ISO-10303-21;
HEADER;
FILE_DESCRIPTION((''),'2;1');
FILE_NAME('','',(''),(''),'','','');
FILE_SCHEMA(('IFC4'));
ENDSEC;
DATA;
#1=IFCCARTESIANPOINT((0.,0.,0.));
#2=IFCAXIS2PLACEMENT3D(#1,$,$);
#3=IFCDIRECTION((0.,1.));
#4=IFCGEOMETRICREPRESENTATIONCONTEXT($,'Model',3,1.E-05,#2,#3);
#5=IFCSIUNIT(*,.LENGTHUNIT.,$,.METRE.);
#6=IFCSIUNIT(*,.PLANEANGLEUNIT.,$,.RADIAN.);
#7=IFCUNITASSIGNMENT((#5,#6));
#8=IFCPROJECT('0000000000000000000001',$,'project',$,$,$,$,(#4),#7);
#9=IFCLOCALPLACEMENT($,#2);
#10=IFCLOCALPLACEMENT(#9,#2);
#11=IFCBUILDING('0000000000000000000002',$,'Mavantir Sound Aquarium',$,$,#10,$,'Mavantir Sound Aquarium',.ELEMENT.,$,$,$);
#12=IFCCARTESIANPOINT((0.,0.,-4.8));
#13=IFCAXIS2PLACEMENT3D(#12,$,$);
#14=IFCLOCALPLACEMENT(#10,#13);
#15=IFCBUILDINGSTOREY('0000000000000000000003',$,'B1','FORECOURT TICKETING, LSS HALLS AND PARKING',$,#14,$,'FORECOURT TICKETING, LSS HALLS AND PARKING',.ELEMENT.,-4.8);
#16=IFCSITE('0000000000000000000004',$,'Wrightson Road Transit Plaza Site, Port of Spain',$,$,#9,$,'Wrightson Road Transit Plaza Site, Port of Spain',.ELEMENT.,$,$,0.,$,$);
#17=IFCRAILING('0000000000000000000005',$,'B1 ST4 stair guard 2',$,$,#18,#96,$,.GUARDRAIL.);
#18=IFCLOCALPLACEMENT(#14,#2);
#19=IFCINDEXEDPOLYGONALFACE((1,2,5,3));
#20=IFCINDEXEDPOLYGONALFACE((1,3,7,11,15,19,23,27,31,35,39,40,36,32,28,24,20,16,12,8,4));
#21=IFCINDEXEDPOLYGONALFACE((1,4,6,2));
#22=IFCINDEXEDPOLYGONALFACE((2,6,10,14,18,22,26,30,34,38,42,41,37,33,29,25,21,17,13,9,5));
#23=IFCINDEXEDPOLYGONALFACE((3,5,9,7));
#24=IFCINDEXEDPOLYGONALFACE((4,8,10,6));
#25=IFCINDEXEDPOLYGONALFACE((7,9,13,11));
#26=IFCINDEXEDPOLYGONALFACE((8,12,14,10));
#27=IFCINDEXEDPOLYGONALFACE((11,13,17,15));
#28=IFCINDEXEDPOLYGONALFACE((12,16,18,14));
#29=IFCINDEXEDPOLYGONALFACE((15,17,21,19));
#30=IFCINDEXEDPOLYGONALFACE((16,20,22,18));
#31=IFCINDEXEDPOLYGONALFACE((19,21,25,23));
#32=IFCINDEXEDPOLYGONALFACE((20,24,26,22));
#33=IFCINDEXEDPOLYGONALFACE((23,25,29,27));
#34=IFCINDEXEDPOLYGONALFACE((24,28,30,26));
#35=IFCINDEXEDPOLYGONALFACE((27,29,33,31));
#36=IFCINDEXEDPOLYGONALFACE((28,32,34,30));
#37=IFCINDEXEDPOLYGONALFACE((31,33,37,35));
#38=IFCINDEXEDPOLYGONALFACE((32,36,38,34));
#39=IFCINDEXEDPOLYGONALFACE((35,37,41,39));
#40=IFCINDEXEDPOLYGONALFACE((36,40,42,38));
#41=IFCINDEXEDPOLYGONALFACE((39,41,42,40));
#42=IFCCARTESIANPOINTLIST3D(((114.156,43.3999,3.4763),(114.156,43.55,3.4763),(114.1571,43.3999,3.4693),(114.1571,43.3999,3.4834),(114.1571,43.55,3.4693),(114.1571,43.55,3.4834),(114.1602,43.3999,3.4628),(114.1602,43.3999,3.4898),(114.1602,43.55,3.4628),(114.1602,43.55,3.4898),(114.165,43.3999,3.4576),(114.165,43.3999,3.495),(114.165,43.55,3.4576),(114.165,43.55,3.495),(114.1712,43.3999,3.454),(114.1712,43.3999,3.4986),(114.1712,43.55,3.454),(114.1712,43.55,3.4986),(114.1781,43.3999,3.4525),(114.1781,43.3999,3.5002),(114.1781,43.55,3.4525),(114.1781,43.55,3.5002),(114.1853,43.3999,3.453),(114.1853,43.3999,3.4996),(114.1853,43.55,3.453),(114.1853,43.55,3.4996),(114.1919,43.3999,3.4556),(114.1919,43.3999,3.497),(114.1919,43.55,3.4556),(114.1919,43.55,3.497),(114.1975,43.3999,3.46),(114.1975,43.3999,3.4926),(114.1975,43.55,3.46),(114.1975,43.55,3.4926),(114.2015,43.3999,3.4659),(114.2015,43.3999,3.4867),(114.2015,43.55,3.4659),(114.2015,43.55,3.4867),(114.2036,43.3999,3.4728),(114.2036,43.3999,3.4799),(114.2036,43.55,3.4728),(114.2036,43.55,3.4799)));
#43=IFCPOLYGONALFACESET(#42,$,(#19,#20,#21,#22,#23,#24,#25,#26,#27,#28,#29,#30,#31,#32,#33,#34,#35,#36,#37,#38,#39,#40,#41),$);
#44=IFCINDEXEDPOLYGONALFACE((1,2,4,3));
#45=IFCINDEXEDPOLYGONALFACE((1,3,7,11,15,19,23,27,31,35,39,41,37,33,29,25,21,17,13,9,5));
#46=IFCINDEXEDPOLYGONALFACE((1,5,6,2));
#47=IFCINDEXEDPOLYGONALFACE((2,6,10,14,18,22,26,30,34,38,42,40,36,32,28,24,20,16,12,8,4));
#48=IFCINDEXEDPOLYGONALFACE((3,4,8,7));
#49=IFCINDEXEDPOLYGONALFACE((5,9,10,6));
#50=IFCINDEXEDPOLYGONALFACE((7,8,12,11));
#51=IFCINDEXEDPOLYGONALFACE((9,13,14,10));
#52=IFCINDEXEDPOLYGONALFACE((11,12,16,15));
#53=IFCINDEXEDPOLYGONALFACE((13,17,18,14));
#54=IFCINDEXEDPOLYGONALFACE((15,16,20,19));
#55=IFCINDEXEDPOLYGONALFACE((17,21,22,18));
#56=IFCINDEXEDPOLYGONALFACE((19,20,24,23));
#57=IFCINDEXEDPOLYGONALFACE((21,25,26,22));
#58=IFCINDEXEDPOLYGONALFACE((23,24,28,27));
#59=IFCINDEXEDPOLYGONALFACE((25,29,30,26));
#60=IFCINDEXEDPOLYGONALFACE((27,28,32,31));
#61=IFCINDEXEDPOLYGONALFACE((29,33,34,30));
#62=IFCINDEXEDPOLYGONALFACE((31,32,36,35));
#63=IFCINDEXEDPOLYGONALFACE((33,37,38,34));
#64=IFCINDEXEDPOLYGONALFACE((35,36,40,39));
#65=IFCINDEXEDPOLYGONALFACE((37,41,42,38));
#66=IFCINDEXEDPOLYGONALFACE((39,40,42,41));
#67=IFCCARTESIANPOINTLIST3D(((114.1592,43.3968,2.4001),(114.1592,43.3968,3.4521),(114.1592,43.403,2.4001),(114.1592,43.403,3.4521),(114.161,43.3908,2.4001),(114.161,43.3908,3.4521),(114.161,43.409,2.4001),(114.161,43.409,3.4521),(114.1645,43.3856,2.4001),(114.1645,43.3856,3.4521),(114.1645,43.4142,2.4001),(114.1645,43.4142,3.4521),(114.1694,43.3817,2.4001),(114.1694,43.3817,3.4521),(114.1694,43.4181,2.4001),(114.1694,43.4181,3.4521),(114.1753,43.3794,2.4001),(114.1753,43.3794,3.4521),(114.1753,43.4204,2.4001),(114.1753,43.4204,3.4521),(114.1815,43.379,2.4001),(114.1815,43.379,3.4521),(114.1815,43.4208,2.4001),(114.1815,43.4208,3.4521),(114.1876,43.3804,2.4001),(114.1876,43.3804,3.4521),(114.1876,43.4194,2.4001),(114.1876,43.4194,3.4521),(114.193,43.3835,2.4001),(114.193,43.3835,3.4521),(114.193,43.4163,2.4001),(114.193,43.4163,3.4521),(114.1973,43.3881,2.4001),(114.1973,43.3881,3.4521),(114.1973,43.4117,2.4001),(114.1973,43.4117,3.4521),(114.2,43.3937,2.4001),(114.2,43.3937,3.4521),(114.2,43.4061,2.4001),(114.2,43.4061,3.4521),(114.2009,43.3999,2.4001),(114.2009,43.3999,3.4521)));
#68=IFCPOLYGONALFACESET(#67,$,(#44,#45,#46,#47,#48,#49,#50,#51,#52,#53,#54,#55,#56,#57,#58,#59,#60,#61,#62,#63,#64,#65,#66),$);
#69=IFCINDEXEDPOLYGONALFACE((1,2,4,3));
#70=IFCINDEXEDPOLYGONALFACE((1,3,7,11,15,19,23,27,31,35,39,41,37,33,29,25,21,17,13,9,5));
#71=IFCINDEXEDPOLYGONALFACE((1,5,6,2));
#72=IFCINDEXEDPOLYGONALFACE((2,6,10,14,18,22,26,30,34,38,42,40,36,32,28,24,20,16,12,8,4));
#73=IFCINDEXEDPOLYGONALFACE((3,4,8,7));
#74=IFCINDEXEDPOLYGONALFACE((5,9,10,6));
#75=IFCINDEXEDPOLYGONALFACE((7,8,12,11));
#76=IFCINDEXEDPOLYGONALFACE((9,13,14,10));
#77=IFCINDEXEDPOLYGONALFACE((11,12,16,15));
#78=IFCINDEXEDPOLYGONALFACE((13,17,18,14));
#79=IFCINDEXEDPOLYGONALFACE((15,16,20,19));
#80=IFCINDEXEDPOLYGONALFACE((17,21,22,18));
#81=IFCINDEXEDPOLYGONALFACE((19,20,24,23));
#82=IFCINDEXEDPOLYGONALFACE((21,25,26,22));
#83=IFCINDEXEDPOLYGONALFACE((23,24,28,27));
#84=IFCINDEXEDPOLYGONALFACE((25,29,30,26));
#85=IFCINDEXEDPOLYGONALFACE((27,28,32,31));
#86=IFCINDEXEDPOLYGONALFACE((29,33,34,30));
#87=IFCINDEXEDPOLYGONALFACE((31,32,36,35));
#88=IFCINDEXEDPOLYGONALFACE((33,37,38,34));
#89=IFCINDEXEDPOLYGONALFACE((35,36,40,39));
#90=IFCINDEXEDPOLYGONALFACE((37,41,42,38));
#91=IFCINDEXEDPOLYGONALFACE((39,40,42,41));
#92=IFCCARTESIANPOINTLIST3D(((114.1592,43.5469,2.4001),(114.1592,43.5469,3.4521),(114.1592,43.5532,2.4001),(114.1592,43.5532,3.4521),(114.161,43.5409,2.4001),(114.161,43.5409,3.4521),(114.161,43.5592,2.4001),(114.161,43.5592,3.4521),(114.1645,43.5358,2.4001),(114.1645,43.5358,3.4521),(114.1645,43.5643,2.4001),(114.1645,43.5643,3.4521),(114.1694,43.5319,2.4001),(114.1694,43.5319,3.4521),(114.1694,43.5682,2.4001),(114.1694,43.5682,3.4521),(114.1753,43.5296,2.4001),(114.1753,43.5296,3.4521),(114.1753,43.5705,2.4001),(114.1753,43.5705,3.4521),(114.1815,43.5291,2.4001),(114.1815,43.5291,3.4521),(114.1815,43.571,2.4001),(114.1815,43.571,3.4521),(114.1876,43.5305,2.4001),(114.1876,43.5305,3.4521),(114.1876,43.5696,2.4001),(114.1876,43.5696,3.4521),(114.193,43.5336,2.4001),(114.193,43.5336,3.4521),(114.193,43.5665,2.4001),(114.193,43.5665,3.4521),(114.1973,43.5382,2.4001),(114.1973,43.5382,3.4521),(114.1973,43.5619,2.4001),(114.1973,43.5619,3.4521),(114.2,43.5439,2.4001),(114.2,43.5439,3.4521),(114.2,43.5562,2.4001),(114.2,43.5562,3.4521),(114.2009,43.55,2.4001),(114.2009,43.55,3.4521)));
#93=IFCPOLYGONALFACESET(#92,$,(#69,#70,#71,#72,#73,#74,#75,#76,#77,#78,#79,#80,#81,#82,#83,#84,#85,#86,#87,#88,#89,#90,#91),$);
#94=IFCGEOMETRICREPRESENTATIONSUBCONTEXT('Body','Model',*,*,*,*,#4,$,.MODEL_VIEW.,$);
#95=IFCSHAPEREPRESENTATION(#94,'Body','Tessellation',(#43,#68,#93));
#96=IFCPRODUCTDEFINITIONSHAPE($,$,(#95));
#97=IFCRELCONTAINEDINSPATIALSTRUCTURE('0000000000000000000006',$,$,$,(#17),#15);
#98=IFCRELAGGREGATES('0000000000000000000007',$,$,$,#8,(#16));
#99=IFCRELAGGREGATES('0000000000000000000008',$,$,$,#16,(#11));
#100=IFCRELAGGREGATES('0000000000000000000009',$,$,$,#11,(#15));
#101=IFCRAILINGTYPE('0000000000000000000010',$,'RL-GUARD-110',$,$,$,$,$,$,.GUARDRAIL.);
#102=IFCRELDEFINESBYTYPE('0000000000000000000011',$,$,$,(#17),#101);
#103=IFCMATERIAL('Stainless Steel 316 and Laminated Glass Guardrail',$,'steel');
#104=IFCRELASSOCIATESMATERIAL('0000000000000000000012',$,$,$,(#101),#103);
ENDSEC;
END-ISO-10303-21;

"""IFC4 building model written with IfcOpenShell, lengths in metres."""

from ifc_helpers import new_model, si_unit, direction, frame, origin, origin_2d, place, context, subcontext, project, spatial, circle, extrude, material, type_object, element, save


model = new_model("IFC4")

# Units and contexts
model_context = context("Model", 3, precision=1e-05, world=origin(), true_north=direction((0.0, 1.0)))
body_context = subcontext(model_context, "Body", "Model", "MODEL_VIEW")
ifc_project = project(units=[si_unit("LENGTHUNIT", "METRE"), si_unit("PLANEANGLEUNIT", "RADIAN")], contexts=[model_context])

# Site, building, storey
site_placement = place(None, origin())
site = spatial("IfcSite", under=ifc_project, at=site_placement, Name="Wrightson Road Transit Plaza Site, Port of Spain", LongName="Wrightson Road Transit Plaza Site, Port of Spain", CompositionType="ELEMENT", RefElevation=0.0)
building_placement = place(site_placement, origin())
building = spatial("IfcBuilding", under=site, at=building_placement, Name="Mavantir Sound Aquarium", LongName="Mavantir Sound Aquarium", CompositionType="ELEMENT")
storey_placement = place(building_placement, frame((0.0, 0.0, -4.8)))
storey = spatial("IfcBuildingStorey", under=building, at=storey_placement, Name="B1", Description="FORECOURT TICKETING, LSS HALLS AND PARKING", LongName="FORECOURT TICKETING, LSS HALLS AND PARKING", CompositionType="ELEMENT", Elevation=-4.8)

# Railing
ifc_material_1 = material(Name="Stainless Steel 316 and Laminated Glass Guardrail", Category="steel")
railing_type_1 = type_object("IfcRailingType", Name="RL-GUARD-110", PredefinedType="GUARDRAIL", material=ifc_material_1)
railing_1_placement = place(storey_placement, frame((114.1799, 43.3999, 2.4001)))
element("IfcRailing", 1, at=railing_1_placement, inside=storey, type_object=railing_type_1, Name="B1 ST4 stair guard 2", PredefinedType="GUARDRAIL", context=body_context, shape_type="SweptSolid", body=[
    extrude(circle(Radius=0.0239, at=origin_2d()), frame((0.0, 0.0, 1.0762), z_axis=(0.0, 1.0, 0.0), x_axis=(-1.0, 0.0, 0.0)), (0.0, 0.0, 1.0), 0.1501),
    extrude(circle(Radius=0.021, at=origin_2d()), origin(), (0.0, 0.0, 1.0), 1.052),
    extrude(circle(Radius=0.021, at=origin_2d()), frame((0.0, 0.1501, 0.0)), (0.0, 0.0, 1.0), 1.052),
])

save(model, "model.ifc")
